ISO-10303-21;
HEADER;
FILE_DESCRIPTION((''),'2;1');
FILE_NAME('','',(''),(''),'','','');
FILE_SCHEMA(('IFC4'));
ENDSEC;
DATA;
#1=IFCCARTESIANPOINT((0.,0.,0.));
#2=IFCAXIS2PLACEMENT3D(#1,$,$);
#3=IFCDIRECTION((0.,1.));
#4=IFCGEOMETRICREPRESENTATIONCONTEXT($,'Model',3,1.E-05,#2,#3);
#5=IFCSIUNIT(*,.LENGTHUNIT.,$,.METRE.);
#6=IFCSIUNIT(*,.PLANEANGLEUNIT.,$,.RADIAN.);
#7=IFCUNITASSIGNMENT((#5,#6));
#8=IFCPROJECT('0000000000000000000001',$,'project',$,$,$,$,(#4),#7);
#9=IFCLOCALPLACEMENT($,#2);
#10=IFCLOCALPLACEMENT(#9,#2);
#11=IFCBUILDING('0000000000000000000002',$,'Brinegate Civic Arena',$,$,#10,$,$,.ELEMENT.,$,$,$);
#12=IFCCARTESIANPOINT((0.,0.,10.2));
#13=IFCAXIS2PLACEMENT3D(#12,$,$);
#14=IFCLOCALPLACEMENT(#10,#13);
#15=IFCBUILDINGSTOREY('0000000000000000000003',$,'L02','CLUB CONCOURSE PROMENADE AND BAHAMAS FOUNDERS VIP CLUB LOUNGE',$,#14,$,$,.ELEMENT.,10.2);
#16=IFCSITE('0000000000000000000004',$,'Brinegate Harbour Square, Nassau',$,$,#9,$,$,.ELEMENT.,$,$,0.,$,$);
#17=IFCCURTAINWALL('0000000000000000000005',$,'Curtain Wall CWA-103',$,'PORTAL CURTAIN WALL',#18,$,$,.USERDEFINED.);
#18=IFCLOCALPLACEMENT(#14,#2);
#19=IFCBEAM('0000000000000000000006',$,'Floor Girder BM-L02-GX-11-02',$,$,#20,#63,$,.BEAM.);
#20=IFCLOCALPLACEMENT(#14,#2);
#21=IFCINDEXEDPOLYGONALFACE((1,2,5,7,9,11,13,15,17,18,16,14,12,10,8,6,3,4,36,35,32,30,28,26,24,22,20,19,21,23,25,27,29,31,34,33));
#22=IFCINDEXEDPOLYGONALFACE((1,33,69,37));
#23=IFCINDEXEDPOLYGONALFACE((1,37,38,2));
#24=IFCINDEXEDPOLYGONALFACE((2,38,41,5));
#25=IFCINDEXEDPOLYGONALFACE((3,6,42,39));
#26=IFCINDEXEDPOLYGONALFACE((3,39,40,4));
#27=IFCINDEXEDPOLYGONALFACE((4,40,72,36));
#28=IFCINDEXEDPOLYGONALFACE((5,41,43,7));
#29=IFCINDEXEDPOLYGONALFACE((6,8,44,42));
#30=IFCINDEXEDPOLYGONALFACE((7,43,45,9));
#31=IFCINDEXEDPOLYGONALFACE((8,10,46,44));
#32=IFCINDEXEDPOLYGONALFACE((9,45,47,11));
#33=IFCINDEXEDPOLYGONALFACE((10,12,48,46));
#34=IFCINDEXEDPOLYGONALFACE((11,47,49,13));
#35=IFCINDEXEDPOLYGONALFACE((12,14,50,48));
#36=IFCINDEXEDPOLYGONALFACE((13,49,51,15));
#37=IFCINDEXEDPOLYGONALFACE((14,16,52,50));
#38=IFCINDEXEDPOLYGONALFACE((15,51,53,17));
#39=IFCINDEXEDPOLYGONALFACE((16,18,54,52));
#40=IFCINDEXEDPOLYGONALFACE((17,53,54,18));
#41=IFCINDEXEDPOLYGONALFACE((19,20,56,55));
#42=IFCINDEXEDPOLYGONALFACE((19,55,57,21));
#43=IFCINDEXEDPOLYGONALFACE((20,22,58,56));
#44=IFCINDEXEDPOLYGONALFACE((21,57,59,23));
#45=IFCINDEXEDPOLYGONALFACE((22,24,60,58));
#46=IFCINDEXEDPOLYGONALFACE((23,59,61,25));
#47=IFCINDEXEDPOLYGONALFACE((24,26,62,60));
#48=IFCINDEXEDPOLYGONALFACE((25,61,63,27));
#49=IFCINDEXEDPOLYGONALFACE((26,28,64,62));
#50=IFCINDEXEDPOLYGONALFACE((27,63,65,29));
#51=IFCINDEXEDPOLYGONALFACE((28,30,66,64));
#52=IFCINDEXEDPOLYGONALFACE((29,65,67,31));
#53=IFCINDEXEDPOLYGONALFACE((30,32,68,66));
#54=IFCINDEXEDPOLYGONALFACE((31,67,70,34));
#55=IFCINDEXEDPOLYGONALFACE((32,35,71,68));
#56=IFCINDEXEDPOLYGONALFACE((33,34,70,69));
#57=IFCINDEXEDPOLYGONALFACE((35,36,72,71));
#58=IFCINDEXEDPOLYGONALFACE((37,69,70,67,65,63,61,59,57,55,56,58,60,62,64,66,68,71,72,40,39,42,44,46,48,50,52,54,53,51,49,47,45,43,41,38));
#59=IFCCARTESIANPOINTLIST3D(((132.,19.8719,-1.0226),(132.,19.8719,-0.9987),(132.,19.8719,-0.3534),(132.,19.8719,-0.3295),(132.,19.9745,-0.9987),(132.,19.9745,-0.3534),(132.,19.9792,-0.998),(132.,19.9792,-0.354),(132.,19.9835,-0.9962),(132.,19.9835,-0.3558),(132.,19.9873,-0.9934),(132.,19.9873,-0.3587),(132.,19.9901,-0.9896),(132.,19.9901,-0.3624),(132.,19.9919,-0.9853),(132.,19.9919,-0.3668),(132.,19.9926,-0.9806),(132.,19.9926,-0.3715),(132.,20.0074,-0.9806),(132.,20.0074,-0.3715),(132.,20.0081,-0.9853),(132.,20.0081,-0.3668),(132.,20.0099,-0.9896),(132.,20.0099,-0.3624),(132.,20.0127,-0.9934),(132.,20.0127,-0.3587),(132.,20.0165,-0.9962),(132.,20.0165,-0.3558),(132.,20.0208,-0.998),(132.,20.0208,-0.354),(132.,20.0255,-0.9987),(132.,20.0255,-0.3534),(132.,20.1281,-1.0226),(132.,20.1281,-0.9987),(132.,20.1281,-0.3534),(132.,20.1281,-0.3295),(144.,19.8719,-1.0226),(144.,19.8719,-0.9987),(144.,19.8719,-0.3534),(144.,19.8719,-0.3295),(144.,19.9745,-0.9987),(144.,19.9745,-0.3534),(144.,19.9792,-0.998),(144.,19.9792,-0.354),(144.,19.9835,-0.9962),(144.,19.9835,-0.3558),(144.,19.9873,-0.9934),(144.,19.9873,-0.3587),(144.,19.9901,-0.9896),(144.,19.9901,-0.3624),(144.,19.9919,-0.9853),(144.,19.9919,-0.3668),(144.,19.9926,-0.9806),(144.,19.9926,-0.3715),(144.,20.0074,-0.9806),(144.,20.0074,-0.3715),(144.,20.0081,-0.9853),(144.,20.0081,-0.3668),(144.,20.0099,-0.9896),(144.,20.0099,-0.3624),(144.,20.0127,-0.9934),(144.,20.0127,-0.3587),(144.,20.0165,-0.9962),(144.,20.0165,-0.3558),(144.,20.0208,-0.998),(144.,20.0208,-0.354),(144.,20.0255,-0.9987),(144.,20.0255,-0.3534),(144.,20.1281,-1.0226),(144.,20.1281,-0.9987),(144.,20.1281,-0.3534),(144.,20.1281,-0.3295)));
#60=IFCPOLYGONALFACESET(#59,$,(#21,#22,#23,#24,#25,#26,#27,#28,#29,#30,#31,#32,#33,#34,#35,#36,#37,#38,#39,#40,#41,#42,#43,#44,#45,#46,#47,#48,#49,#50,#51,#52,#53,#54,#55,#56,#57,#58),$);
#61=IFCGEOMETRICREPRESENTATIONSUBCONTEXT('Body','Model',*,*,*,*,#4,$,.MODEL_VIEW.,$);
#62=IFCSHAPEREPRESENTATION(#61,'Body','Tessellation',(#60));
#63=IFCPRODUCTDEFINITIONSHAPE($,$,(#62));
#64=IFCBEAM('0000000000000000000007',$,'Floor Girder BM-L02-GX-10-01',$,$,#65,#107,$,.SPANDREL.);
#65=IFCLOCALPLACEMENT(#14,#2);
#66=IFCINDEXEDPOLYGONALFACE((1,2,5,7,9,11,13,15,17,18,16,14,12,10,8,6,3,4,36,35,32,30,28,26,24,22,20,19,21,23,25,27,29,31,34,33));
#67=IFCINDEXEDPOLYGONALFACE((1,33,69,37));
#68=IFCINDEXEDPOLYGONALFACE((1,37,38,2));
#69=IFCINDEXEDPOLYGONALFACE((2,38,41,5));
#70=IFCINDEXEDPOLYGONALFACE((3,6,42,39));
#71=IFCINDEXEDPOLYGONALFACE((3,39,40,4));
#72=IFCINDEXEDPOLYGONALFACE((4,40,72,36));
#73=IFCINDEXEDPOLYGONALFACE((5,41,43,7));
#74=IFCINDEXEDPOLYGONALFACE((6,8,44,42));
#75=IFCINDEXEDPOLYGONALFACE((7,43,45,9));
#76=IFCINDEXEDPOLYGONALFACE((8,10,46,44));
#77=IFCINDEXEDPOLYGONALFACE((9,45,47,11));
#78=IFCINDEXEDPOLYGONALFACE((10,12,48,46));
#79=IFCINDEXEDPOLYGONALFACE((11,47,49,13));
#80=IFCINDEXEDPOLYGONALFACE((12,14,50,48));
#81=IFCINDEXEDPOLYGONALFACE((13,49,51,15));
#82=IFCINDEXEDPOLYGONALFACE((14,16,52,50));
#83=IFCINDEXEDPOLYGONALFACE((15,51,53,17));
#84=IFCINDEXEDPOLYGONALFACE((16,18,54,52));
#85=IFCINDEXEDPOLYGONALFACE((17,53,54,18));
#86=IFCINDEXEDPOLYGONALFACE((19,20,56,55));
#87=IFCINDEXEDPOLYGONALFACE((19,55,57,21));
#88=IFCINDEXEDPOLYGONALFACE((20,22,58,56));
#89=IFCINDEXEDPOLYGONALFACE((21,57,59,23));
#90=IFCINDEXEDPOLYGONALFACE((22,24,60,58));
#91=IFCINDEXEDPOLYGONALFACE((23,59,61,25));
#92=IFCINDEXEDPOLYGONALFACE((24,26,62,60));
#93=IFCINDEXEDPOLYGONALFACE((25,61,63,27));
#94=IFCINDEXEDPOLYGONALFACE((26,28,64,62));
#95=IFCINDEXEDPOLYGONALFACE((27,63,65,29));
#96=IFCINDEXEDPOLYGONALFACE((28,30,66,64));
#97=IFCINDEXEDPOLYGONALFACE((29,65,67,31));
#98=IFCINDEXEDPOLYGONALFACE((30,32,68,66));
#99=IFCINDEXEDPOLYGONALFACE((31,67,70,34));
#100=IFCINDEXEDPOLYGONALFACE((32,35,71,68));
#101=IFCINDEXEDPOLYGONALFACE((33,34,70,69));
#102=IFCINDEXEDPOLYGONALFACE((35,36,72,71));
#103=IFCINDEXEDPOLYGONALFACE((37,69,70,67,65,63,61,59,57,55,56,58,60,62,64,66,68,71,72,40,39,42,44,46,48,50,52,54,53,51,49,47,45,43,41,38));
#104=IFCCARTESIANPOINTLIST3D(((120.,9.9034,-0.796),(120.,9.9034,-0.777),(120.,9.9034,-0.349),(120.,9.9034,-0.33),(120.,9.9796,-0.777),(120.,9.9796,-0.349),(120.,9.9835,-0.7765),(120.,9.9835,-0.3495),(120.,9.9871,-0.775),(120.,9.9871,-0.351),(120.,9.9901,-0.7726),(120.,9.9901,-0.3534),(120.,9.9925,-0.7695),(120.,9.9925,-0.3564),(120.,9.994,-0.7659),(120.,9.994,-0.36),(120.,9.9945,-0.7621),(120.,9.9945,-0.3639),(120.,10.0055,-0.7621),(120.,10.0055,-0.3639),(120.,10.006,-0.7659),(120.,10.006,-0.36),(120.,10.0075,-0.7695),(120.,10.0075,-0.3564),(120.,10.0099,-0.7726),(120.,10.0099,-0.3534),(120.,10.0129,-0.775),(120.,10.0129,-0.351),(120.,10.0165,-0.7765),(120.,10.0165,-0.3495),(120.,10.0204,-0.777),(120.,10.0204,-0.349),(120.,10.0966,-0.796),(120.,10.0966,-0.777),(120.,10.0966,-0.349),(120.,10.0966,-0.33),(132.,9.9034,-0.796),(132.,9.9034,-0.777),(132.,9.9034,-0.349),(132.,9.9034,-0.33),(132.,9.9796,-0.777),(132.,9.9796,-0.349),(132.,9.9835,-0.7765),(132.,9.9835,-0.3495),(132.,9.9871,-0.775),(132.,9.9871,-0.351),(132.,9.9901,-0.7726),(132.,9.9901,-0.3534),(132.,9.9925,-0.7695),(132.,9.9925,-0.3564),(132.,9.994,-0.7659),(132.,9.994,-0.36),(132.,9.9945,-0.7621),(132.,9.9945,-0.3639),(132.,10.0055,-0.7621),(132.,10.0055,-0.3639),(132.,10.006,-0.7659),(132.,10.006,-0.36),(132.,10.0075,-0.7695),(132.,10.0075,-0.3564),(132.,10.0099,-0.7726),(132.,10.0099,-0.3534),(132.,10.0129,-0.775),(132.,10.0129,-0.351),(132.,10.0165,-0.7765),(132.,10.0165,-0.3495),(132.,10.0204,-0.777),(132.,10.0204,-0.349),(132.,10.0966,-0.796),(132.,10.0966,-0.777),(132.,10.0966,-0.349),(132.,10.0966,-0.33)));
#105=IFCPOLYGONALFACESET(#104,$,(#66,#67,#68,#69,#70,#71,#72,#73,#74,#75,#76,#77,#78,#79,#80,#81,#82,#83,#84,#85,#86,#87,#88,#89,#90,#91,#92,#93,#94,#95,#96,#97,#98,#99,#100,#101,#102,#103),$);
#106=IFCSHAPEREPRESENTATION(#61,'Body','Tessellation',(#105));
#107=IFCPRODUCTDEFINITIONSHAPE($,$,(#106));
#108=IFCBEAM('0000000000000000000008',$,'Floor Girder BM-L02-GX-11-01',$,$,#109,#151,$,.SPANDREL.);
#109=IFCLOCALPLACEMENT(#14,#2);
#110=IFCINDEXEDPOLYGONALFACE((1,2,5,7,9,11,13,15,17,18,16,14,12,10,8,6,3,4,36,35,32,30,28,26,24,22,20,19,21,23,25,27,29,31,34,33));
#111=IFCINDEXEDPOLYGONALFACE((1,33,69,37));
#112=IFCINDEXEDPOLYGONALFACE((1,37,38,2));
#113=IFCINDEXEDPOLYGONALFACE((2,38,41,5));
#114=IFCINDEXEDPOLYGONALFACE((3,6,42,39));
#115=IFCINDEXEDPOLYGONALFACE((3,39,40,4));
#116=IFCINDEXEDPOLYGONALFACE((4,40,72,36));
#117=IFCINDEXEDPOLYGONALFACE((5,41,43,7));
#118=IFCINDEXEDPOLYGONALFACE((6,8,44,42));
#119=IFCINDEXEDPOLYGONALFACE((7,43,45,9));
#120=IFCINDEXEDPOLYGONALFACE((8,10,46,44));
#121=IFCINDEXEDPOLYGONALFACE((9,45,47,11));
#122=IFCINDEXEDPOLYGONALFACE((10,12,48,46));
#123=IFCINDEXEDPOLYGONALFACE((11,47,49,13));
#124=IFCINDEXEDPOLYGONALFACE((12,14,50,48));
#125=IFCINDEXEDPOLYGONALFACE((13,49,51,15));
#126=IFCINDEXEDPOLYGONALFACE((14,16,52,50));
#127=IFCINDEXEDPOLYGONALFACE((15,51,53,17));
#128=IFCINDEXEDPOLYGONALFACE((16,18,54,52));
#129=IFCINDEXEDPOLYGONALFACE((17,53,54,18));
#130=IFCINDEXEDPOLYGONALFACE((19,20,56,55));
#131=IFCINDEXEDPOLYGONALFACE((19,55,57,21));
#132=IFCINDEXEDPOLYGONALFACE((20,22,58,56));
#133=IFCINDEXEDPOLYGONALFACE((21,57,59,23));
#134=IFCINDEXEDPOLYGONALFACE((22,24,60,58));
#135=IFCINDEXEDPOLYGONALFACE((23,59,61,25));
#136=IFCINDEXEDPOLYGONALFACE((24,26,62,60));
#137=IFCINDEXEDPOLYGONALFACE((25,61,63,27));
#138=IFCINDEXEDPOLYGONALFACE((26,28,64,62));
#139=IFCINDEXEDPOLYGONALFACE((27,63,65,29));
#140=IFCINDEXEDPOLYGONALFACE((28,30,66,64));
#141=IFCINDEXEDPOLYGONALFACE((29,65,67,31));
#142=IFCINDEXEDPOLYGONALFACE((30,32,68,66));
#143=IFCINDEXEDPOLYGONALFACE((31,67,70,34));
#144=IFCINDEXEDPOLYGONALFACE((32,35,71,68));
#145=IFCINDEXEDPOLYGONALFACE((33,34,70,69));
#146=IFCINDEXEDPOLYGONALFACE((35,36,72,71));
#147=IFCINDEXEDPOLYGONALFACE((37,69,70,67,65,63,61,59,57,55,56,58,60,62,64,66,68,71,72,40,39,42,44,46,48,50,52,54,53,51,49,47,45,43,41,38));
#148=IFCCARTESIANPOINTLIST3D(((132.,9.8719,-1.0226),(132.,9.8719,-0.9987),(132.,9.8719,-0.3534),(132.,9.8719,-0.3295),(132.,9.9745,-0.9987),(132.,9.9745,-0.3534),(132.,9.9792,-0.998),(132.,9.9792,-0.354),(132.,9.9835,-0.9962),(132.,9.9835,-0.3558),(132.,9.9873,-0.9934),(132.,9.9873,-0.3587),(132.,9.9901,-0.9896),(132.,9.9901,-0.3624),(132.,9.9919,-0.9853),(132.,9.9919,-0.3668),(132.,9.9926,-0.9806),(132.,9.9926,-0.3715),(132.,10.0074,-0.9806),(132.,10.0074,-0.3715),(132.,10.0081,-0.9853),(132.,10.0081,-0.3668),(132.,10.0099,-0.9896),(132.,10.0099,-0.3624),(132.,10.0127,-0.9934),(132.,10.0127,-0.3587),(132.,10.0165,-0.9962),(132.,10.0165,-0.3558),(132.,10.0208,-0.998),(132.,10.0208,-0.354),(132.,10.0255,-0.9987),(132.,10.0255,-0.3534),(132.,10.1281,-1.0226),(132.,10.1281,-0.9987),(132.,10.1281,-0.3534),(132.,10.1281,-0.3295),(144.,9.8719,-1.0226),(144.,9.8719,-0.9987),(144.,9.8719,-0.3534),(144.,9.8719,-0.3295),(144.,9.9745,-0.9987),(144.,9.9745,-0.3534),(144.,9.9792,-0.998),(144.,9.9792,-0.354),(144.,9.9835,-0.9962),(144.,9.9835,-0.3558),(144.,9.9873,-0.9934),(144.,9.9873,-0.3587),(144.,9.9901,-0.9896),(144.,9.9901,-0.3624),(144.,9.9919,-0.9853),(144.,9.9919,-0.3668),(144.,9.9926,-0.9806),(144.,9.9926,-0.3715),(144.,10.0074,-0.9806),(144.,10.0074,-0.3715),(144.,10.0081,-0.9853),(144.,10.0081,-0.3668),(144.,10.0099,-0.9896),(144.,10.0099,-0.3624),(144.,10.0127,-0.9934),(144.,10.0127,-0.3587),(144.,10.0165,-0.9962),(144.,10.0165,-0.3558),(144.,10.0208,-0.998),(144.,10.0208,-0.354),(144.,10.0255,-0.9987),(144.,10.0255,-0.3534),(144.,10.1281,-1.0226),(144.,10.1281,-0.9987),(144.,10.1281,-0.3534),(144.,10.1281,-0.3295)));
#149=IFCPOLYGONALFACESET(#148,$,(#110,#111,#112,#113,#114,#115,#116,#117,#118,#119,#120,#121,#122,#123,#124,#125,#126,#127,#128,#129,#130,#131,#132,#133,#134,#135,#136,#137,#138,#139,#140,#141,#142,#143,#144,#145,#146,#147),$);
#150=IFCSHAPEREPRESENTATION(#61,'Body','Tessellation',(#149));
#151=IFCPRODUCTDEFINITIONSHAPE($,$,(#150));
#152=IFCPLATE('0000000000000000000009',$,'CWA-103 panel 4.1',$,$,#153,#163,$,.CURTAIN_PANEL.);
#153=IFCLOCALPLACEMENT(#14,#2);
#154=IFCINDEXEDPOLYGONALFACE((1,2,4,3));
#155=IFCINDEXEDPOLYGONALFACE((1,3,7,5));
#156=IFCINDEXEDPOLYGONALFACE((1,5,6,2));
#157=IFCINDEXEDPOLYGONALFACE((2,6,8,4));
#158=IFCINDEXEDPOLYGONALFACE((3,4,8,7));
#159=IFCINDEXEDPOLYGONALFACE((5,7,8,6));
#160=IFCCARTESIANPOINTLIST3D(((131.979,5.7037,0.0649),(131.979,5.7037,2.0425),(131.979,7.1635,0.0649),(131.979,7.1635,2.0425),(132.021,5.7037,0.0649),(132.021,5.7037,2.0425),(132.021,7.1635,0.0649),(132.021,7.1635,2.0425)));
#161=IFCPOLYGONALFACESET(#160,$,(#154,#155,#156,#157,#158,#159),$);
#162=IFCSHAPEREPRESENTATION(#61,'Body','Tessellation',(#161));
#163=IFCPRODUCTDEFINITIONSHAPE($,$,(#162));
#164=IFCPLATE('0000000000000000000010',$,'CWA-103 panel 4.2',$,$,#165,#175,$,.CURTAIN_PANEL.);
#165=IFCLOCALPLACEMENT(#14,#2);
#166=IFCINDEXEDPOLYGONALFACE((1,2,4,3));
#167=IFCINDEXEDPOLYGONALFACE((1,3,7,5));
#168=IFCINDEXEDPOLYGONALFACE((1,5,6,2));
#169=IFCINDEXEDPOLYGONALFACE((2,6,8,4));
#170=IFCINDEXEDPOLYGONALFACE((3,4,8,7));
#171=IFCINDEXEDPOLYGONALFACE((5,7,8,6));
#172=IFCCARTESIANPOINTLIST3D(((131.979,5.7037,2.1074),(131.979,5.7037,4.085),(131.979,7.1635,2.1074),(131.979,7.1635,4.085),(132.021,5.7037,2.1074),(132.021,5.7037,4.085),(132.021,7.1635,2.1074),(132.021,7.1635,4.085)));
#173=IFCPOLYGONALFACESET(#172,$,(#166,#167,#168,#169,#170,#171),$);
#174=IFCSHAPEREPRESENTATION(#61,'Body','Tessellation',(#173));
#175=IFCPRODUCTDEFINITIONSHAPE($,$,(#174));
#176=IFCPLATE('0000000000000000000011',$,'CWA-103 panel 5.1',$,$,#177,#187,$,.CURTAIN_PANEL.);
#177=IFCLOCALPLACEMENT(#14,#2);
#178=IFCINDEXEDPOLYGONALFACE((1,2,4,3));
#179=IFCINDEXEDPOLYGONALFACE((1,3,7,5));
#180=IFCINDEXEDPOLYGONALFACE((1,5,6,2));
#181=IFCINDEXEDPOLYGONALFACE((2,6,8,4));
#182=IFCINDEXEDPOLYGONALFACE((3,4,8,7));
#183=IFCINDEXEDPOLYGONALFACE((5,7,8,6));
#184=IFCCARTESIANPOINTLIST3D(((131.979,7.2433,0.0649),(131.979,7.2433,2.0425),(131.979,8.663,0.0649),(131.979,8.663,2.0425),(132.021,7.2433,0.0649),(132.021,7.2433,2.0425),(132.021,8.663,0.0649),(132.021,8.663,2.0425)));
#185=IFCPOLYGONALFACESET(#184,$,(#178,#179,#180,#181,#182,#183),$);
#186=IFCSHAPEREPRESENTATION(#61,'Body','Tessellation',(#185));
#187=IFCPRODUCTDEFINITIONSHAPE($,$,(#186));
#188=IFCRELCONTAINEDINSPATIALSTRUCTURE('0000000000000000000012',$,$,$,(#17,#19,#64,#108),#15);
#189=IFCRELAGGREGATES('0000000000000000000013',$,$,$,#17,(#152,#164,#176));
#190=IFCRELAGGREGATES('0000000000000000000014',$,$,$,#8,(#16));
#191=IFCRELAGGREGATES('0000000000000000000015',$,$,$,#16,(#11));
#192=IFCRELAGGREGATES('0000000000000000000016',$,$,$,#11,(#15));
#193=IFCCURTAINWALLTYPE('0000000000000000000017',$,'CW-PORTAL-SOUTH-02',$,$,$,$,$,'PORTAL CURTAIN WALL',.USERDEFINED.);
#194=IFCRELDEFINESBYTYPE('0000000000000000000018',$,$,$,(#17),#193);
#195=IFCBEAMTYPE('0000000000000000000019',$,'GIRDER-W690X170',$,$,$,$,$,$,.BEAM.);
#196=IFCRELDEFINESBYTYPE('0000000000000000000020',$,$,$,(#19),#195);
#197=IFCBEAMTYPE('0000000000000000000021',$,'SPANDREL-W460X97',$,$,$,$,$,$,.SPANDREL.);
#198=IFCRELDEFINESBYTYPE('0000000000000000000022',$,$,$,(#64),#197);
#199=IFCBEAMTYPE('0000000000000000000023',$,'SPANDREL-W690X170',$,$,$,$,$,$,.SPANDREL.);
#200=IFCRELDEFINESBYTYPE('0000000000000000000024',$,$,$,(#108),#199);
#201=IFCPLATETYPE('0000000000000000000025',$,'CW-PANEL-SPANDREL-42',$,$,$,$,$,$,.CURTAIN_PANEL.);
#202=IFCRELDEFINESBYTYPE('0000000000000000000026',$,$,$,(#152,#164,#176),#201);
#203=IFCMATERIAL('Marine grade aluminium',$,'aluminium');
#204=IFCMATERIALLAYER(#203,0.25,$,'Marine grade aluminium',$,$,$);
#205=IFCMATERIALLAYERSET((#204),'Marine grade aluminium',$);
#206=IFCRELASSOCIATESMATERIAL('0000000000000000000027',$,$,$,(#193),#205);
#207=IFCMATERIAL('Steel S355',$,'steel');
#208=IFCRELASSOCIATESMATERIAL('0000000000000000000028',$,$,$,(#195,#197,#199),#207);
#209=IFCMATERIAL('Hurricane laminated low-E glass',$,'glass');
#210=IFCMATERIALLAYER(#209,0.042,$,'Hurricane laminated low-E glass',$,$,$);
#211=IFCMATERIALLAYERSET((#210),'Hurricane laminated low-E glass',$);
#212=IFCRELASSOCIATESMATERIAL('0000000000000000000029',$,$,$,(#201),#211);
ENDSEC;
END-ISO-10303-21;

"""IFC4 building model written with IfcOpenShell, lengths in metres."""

from ifc_helpers import new_model, si_unit, direction, frame, origin, origin_2d, place, context, subcontext, project, spatial, rectangle, i_section, extrude, material, layer, layer_set, material_profile, profile_set, type_object, element, aggregate, save


model = new_model("IFC4")

# Units and contexts
model_context = context("Model", 3, precision=1e-05, world=origin(), true_north=direction((0.0, 1.0)))
body_context = subcontext(model_context, "Body", "Model", "MODEL_VIEW")
ifc_project = project(units=[si_unit("LENGTHUNIT", "METRE"), si_unit("PLANEANGLEUNIT", "RADIAN")], contexts=[model_context])

# Site, building, storey
site_placement = place(None, origin())
site = spatial("IfcSite", under=ifc_project, at=site_placement, Name="Brinegate Harbour Square, Nassau", CompositionType="ELEMENT", RefElevation=0.0)
building_placement = place(site_placement, origin())
building = spatial("IfcBuilding", under=site, at=building_placement, Name="Brinegate Civic Arena", CompositionType="ELEMENT")
storey_placement = place(building_placement, frame((0.0, 0.0, 10.2)))
storey = spatial("IfcBuildingStorey", under=building, at=storey_placement, Name="L02", Description="CLUB CONCOURSE PROMENADE AND BAHAMAS FOUNDERS VIP CLUB LOUNGE", CompositionType="ELEMENT", Elevation=10.2)

# Curtain wall
ifc_material_1 = material(Name="Marine grade aluminium", Category="aluminium")
ifc_layer_1 = layer(ifc_material_1, 0.25, Name="Marine grade aluminium")
ifc_layer_set_1 = layer_set([ifc_layer_1], Name="Marine grade aluminium")
curtain_wall_type = type_object("IfcCurtainWallType", Name="CW-PORTAL-SOUTH-02", ElementType="PORTAL CURTAIN WALL", PredefinedType="USERDEFINED", material=ifc_layer_set_1)
curtain_wall_placement = place(storey_placement, origin())
curtain_wall = element("IfcCurtainWall", 1, at=curtain_wall_placement, inside=storey, type_object=curtain_wall_type, Name="Curtain Wall CWA-103", ObjectType="PORTAL CURTAIN WALL", PredefinedType="USERDEFINED")

# Beams
ifc_material_2 = material(Name="Steel S355", Category="steel")
ifc_material_profile_1 = material_profile(ifc_material_2, i_section(OverallWidth=0.2561, OverallDepth=0.6931, WebThickness=0.0149, FlangeThickness=0.0239, FilletRadius=0.0181, at=origin_2d()), Name="W690X170")
ifc_profile_set_1 = profile_set([ifc_material_profile_1], Name="Steel S355")
beam_type_1 = type_object("IfcBeamType", Name="GIRDER-W690X170", PredefinedType="BEAM", material=ifc_profile_set_1)
beam_1_placement = place(storey_placement, frame((132.0, 20.0, -0.676), z_axis=(1.0, 0.0, 0.0), x_axis=(0.0, 1.0, 0.0)))
element("IfcBeam", 2, at=beam_1_placement, inside=storey, type_object=beam_type_1, Name="Floor Girder BM-L02-GX-11-02", PredefinedType="BEAM", context=body_context, shape_type="SweptSolid", body=[
    extrude(i_section(OverallWidth=0.2561, OverallDepth=0.6931, WebThickness=0.0149, FlangeThickness=0.0239, FilletRadius=0.0181, at=origin_2d()), origin(), (0.0, 0.0, 1.0), 12.0),
])
ifc_material_profile_2 = material_profile(ifc_material_2, i_section(OverallWidth=0.1931, OverallDepth=0.4661, WebThickness=0.011, FlangeThickness=0.019, FilletRadius=0.0149, at=origin_2d()), Name="W460X97")
ifc_profile_set_2 = profile_set([ifc_material_profile_2], Name="Steel S355")
beam_type_2 = type_object("IfcBeamType", Name="SPANDREL-W460X97", PredefinedType="SPANDREL", material=ifc_profile_set_2)
beam_2_placement = place(storey_placement, frame((120.0, 10.0, -0.563), z_axis=(1.0, 0.0, 0.0), x_axis=(0.0, 1.0, 0.0)))
element("IfcBeam", 3, at=beam_2_placement, inside=storey, type_object=beam_type_2, Name="Floor Girder BM-L02-GX-10-01", PredefinedType="SPANDREL", context=body_context, shape_type="SweptSolid", body=[
    extrude(i_section(OverallWidth=0.1931, OverallDepth=0.4661, WebThickness=0.011, FlangeThickness=0.019, FilletRadius=0.0149, at=origin_2d()), origin(), (0.0, 0.0, 1.0), 12.0),
])
ifc_material_profile_3 = material_profile(ifc_material_2, i_section(OverallWidth=0.2561, OverallDepth=0.6931, WebThickness=0.0149, FlangeThickness=0.0239, FilletRadius=0.0181, at=origin_2d()), Name="W690X170")
ifc_profile_set_3 = profile_set([ifc_material_profile_3], Name="Steel S355")
beam_type_3 = type_object("IfcBeamType", Name="SPANDREL-W690X170", PredefinedType="SPANDREL", material=ifc_profile_set_3)
beam_3_placement = place(storey_placement, frame((132.0, 10.0, -0.676), z_axis=(1.0, 0.0, 0.0), x_axis=(0.0, 1.0, 0.0)))
element("IfcBeam", 4, at=beam_3_placement, inside=storey, type_object=beam_type_3, Name="Floor Girder BM-L02-GX-11-01", PredefinedType="SPANDREL", context=body_context, shape_type="SweptSolid", body=[
    extrude(i_section(OverallWidth=0.2561, OverallDepth=0.6931, WebThickness=0.0149, FlangeThickness=0.0239, FilletRadius=0.0181, at=origin_2d()), origin(), (0.0, 0.0, 1.0), 12.0),
])

# Plates
ifc_material_3 = material(Name="Hurricane laminated low-E glass", Category="glass")
ifc_layer_2 = layer(ifc_material_3, 0.042, Name="Hurricane laminated low-E glass")
ifc_layer_set_2 = layer_set([ifc_layer_2], Name="Hurricane laminated low-E glass")
plate_type = type_object("IfcPlateType", Name="CW-PANEL-SPANDREL-42", PredefinedType="CURTAIN_PANEL", material=ifc_layer_set_2)
plate_1_placement = place(storey_placement, frame((132.0, 6.4336, 0.0649), z_axis=(0.0, 0.0, 1.0), x_axis=(0.0, 1.0, 0.0)))
plate_1 = element("IfcPlate", 5, at=plate_1_placement, type_object=plate_type, Name="CWA-103 panel 4.1", PredefinedType="CURTAIN_PANEL", context=body_context, shape_type="SweptSolid", body=[
    extrude(rectangle(XDim=1.4597, YDim=0.042, at=origin_2d()), origin(), (0.0, 0.0, 1.0), 1.9775),
])
plate_2_placement = place(storey_placement, frame((132.0, 6.4336, 2.1074), z_axis=(0.0, 0.0, 1.0), x_axis=(0.0, 1.0, 0.0)))
plate_2 = element("IfcPlate", 6, at=plate_2_placement, type_object=plate_type, Name="CWA-103 panel 4.2", PredefinedType="CURTAIN_PANEL", context=body_context, shape_type="SweptSolid", body=[
    extrude(rectangle(XDim=1.4597, YDim=0.042, at=origin_2d()), origin(), (0.0, 0.0, 1.0), 1.9775),
])
plate_3_placement = place(storey_placement, frame((132.0, 7.9531, 0.0649), z_axis=(0.0, 0.0, 1.0), x_axis=(0.0, 1.0, 0.0)))
plate_3 = element("IfcPlate", 7, at=plate_3_placement, type_object=plate_type, Name="CWA-103 panel 5.1", PredefinedType="CURTAIN_PANEL", context=body_context, shape_type="SweptSolid", body=[
    extrude(rectangle(XDim=1.4197, YDim=0.042, at=origin_2d()), origin(), (0.0, 0.0, 1.0), 1.9775),
])
aggregate(curtain_wall, [plate_1, plate_2, plate_3])

save(model, "model.ifc")
